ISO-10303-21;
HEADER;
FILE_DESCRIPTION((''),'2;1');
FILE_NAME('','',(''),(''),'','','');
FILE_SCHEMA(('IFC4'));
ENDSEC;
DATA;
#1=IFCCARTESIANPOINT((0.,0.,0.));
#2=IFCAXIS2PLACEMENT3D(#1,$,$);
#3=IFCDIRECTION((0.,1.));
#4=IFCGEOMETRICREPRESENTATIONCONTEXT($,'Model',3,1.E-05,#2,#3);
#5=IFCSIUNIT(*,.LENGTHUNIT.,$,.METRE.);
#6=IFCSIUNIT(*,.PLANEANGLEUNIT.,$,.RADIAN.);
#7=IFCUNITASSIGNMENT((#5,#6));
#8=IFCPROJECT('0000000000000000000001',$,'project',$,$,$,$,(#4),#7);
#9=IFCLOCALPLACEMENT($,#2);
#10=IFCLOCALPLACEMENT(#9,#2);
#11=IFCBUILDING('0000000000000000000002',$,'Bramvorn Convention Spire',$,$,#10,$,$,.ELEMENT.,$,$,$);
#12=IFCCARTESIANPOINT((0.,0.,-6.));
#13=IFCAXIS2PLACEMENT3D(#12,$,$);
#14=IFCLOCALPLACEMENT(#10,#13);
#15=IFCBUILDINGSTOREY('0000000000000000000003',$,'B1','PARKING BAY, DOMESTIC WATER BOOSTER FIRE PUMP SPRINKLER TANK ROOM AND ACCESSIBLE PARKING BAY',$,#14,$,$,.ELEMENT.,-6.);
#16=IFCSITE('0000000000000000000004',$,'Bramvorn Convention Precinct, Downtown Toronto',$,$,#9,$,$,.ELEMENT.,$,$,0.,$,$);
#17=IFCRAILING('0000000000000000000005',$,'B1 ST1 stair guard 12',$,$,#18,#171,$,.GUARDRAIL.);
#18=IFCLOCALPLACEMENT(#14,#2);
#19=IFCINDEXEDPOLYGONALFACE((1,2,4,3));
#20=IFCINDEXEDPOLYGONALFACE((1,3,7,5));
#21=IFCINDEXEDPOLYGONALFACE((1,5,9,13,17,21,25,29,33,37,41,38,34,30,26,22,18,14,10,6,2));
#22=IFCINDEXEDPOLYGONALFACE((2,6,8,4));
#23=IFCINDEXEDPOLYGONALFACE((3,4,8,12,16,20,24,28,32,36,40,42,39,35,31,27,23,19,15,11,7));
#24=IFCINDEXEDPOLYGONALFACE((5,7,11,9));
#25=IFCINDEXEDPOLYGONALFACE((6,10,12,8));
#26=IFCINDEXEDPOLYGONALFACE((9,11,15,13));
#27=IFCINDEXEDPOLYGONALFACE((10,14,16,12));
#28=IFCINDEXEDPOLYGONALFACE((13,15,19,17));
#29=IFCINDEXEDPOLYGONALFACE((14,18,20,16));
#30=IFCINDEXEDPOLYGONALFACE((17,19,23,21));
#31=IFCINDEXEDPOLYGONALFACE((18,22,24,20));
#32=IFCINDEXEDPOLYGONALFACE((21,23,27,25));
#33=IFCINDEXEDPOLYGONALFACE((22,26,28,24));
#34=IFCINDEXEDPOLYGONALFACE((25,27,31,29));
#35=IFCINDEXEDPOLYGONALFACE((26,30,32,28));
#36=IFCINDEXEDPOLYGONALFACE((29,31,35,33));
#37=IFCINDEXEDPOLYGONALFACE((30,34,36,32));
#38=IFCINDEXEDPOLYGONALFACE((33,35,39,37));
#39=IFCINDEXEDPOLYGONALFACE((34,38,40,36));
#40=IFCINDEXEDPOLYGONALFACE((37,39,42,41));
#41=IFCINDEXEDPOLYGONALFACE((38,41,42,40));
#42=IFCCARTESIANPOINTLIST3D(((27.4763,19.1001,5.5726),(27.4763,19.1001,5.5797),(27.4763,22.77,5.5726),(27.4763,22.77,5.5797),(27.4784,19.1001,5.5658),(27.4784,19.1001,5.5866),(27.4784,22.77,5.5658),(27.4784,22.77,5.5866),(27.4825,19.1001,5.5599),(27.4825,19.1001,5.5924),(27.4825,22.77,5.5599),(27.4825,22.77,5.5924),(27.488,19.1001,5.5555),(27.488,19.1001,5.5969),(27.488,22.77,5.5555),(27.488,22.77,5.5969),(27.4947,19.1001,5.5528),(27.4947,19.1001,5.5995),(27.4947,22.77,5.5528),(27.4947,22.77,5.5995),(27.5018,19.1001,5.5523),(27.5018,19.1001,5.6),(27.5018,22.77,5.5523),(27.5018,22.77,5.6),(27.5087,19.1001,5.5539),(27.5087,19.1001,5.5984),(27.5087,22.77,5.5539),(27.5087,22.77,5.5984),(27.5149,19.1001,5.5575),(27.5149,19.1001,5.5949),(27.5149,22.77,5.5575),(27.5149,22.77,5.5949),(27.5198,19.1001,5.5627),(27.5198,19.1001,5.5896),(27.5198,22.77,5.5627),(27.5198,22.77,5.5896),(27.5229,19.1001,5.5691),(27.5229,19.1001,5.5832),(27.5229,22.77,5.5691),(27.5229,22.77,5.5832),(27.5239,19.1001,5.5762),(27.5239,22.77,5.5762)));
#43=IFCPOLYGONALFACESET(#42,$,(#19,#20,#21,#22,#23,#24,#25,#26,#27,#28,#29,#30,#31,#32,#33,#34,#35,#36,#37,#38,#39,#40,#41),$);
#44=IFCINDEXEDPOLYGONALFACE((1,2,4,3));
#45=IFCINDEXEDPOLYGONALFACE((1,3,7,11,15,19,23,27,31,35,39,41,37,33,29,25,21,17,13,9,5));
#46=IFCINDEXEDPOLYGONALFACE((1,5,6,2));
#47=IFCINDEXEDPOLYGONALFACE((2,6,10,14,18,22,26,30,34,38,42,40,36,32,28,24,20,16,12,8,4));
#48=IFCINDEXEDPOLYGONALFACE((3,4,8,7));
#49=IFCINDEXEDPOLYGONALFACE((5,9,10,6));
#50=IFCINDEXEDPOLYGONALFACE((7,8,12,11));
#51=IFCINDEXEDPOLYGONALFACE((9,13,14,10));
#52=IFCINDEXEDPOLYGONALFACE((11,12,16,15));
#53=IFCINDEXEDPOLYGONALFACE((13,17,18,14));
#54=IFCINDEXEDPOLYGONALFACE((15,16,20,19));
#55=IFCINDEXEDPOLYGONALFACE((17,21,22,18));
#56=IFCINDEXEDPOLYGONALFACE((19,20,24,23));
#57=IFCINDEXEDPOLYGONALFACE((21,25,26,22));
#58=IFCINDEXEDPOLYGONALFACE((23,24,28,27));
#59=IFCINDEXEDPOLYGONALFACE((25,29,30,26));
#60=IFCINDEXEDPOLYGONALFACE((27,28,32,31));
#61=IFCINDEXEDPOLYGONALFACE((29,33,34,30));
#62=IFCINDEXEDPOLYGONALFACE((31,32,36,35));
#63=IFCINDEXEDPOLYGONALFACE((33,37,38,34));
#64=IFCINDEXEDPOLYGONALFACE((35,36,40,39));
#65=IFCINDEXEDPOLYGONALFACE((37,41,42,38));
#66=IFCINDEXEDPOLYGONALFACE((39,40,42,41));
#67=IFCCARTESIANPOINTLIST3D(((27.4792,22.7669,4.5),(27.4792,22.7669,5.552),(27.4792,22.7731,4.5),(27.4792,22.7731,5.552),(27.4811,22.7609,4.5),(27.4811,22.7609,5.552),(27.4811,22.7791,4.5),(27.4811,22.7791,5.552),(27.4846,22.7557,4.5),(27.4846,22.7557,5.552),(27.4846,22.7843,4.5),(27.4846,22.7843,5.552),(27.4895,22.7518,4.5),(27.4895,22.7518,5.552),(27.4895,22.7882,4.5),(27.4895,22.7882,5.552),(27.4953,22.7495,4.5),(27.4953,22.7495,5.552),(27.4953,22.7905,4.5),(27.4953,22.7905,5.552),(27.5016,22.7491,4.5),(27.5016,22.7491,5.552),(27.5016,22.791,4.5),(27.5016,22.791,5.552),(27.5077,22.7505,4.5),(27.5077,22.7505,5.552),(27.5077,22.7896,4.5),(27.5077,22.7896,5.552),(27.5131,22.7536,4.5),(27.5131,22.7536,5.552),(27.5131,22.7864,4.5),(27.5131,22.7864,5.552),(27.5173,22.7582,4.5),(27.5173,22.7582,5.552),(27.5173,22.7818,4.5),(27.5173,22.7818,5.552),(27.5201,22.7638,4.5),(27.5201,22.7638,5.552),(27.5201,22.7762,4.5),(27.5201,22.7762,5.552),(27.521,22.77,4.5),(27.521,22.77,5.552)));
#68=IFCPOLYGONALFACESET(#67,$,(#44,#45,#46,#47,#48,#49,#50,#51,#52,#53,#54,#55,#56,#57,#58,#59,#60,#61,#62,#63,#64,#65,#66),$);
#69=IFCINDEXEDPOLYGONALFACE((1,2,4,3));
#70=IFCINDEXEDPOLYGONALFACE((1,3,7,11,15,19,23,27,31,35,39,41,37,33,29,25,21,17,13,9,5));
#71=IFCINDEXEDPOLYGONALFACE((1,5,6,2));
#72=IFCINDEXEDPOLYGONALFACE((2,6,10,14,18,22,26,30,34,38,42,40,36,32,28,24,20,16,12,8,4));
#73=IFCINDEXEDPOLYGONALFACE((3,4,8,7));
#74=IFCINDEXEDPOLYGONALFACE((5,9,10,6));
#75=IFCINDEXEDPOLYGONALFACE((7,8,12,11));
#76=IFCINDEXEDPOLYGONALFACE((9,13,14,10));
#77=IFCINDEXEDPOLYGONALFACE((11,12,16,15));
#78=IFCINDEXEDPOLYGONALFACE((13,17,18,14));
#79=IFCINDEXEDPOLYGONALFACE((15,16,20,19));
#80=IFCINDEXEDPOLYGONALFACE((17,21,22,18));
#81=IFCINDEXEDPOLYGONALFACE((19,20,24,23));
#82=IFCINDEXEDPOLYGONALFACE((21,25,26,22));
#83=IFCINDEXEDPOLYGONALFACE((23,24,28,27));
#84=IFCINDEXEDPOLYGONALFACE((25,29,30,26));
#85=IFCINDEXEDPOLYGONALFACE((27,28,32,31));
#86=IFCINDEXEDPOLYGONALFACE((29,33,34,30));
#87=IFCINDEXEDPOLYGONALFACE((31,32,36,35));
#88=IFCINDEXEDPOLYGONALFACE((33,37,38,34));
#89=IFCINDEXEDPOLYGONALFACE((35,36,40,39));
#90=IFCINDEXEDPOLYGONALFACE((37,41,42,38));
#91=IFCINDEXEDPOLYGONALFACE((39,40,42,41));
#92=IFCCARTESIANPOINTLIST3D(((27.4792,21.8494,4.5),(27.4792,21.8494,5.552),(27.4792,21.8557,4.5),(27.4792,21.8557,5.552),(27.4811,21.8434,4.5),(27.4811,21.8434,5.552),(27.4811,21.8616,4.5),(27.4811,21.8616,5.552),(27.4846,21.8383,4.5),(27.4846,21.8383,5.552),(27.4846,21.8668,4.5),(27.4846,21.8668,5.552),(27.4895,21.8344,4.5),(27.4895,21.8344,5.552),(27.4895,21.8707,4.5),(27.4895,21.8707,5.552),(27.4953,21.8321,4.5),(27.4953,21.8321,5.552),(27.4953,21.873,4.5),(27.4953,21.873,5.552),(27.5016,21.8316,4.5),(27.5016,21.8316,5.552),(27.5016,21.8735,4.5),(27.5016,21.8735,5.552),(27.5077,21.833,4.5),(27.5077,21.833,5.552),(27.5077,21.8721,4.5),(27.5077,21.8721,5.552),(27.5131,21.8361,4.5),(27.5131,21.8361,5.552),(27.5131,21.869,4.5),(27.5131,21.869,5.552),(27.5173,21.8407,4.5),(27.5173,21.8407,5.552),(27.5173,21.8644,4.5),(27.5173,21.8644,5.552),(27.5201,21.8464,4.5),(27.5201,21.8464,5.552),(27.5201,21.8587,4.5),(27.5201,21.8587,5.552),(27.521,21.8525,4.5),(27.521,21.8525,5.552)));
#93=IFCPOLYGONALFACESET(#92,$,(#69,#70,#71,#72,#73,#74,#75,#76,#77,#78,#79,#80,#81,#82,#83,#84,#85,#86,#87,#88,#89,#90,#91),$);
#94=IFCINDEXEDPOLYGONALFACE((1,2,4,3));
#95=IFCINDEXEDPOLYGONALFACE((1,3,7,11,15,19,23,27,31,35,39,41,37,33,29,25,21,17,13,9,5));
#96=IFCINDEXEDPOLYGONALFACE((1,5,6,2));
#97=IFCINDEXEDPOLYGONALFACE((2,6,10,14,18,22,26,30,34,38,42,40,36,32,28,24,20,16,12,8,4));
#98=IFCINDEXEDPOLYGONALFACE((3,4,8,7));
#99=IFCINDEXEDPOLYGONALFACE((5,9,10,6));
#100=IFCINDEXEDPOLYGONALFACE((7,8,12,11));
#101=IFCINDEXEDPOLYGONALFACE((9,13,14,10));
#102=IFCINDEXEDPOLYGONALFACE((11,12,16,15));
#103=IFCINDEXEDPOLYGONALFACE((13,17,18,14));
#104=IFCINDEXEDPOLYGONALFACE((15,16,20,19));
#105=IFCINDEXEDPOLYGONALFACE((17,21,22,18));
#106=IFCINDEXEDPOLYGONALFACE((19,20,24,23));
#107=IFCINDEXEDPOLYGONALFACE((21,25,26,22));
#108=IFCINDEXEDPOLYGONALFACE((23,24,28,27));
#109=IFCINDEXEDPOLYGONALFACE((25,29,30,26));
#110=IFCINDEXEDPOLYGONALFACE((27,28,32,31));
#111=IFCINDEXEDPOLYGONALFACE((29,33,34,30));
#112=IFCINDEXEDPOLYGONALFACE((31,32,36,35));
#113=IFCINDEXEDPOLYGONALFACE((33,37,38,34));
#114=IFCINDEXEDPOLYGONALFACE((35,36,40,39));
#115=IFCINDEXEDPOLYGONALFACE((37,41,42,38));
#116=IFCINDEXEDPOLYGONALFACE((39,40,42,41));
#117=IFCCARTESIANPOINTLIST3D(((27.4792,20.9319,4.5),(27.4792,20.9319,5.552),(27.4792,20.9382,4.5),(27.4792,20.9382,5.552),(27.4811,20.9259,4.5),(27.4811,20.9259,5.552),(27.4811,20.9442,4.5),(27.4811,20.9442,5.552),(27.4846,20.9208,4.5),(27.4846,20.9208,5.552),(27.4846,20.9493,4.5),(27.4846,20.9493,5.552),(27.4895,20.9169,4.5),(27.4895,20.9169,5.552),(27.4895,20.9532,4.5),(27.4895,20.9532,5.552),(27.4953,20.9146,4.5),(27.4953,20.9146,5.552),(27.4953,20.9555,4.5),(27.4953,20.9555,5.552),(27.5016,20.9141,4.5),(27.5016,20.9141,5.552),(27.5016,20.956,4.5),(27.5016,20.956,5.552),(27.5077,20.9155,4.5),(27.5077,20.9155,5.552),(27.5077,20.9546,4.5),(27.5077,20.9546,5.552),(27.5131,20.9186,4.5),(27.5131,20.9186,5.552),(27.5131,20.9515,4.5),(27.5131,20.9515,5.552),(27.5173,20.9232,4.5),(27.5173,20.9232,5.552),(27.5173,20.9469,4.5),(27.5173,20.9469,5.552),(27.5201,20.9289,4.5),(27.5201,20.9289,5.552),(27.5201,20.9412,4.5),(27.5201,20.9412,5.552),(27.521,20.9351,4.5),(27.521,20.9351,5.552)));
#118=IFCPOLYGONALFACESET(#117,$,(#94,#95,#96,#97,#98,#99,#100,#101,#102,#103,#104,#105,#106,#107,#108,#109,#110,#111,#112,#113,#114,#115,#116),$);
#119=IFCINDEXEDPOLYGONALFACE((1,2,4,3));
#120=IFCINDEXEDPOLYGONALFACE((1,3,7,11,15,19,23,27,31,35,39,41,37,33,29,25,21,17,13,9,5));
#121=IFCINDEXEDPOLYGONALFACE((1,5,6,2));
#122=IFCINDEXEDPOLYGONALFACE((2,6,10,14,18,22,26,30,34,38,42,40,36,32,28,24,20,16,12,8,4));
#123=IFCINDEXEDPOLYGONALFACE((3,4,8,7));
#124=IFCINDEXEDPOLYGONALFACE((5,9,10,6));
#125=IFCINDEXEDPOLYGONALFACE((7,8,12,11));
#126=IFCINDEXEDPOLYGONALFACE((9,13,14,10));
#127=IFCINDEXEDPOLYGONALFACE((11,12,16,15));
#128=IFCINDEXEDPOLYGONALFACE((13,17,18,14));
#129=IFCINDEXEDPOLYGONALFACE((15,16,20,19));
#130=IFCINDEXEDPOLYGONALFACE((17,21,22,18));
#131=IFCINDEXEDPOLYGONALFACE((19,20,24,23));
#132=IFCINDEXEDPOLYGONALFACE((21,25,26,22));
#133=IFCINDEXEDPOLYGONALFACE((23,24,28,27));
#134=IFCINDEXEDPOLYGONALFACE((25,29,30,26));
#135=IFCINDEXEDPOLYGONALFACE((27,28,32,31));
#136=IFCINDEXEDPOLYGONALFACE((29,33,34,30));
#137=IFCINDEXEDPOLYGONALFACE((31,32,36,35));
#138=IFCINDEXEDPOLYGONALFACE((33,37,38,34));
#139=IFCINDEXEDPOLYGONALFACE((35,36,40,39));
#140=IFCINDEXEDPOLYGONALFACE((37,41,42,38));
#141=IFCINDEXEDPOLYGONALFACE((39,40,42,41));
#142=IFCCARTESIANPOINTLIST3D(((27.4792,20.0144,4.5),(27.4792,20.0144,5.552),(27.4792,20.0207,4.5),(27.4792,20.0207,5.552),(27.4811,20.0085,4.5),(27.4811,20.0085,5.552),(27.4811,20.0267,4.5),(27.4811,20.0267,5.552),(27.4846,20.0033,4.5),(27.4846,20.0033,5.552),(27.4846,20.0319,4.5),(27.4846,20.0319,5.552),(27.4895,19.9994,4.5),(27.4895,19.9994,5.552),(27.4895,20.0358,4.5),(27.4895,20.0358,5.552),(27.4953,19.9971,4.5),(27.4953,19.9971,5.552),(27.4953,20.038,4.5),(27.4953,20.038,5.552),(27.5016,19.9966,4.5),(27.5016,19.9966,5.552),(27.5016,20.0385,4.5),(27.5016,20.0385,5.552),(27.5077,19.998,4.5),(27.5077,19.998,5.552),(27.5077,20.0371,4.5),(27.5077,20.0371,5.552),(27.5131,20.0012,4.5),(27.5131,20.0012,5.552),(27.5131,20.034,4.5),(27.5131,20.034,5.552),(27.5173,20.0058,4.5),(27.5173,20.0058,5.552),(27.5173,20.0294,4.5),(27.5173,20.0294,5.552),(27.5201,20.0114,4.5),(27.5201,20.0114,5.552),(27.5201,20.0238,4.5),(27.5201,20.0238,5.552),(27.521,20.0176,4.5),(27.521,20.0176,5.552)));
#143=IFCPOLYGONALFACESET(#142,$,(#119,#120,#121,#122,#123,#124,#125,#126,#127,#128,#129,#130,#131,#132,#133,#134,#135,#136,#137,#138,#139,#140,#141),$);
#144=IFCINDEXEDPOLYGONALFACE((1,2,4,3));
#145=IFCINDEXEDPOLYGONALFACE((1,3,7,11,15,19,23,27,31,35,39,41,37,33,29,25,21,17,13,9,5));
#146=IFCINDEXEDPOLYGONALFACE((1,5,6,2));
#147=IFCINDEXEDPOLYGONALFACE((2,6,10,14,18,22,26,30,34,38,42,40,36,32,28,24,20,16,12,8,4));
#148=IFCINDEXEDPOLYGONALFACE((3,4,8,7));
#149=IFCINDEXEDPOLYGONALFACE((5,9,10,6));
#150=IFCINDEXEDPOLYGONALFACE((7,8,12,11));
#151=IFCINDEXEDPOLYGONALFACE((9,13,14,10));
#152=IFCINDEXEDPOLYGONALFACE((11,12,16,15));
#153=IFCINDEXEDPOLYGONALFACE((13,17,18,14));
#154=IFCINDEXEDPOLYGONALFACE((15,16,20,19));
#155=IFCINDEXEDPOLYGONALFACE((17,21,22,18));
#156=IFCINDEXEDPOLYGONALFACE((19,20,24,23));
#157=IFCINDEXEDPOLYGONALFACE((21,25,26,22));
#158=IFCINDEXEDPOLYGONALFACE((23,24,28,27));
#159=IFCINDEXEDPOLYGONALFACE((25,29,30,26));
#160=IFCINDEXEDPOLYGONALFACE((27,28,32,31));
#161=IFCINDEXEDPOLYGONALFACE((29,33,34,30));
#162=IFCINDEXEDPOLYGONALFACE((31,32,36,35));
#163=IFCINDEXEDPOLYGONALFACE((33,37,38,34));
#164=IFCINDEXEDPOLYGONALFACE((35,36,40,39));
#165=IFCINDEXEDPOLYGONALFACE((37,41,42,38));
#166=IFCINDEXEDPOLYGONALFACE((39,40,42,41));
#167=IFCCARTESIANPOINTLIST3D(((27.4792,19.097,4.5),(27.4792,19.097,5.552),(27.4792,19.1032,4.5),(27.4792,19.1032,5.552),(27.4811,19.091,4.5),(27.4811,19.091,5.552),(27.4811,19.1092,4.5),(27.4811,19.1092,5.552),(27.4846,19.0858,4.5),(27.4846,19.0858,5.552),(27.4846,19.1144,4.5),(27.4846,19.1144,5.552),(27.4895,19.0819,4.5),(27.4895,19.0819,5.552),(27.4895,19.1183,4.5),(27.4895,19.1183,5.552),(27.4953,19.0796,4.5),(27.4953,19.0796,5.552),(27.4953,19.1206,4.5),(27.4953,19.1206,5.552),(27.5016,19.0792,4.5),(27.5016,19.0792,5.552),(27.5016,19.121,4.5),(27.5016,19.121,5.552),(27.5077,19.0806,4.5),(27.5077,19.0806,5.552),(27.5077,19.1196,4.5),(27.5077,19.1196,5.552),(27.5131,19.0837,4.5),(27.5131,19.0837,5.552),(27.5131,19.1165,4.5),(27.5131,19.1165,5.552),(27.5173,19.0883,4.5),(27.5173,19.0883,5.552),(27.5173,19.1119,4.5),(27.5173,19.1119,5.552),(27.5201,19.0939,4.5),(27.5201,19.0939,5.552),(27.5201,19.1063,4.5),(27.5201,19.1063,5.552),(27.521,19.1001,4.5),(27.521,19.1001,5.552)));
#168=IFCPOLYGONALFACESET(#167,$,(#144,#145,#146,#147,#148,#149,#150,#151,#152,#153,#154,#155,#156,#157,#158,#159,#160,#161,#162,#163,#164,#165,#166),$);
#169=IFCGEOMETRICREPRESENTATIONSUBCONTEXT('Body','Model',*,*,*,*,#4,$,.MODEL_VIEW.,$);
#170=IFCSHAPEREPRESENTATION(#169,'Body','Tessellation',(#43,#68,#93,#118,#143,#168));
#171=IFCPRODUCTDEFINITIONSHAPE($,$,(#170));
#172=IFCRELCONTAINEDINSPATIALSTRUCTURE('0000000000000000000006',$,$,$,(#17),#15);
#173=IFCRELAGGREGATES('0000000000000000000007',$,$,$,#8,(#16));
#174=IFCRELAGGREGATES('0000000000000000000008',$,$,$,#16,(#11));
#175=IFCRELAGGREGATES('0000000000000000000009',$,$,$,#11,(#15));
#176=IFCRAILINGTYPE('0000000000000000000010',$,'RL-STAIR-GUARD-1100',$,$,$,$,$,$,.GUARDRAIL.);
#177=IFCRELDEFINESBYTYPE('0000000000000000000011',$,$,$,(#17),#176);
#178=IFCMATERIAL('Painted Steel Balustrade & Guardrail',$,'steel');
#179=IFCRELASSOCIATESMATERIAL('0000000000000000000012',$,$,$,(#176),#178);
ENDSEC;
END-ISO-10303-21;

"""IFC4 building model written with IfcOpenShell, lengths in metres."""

from ifc_helpers import new_model, si_unit, direction, frame, origin, origin_2d, place, context, subcontext, project, spatial, circle, extrude, material, type_object, element, save


model = new_model("IFC4")

# Units and contexts
model_context = context("Model", 3, precision=1e-05, world=origin(), true_north=direction((0.0, 1.0)))
body_context = subcontext(model_context, "Body", "Model", "MODEL_VIEW")
ifc_project = project(units=[si_unit("LENGTHUNIT", "METRE"), si_unit("PLANEANGLEUNIT", "RADIAN")], contexts=[model_context])

# Site, building, storey
site_placement = place(None, origin())
site = spatial("IfcSite", under=ifc_project, at=site_placement, Name="Bramvorn Convention Precinct, Downtown Toronto", CompositionType="ELEMENT", RefElevation=0.0)
building_placement = place(site_placement, origin())
building = spatial("IfcBuilding", under=site, at=building_placement, Name="Bramvorn Convention Spire", CompositionType="ELEMENT")
storey_placement = place(building_placement, frame((0.0, 0.0, -6.0)))
storey = spatial("IfcBuildingStorey", under=building, at=storey_placement, Name="B1", Description="PARKING BAY, DOMESTIC WATER BOOSTER FIRE PUMP SPRINKLER TANK ROOM AND ACCESSIBLE PARKING BAY", CompositionType="ELEMENT", Elevation=-6.0)

# Railing
ifc_material_1 = material(Name="Painted Steel Balustrade & Guardrail", Category="steel")
railing_type_1 = type_object("IfcRailingType", Name="RL-STAIR-GUARD-1100", PredefinedType="GUARDRAIL", material=ifc_material_1)
for number, where, name in (
    (1, (27.5, 22.77, 4.5), "B1 ST1 stair guard 12"),
):
    element("IfcRailing", number, at=place(storey_placement, frame(where)), inside=storey, type_object=railing_type_1, Name=name, PredefinedType="GUARDRAIL", context=body_context, shape_type="SweptSolid", body=[
        extrude(circle(Radius=0.0239, at=origin_2d()), frame((0.0, 0.0, 1.0762), z_axis=(0.0, -1.0, 0.0), x_axis=(1.0, 0.0, 0.0)), (0.0, 0.0, 1.0), 3.6699),
        extrude(circle(Radius=0.021, at=origin_2d()), origin(), (0.0, 0.0, 1.0), 1.052),
        extrude(circle(Radius=0.021, at=origin_2d()), frame((0.0, -0.9175, 0.0)), (0.0, 0.0, 1.0), 1.052),
        extrude(circle(Radius=0.021, at=origin_2d()), frame((0.0, -1.835, 0.0)), (0.0, 0.0, 1.0), 1.052),
        extrude(circle(Radius=0.021, at=origin_2d()), frame((0.0, -2.7524, 0.0)), (0.0, 0.0, 1.0), 1.052),
        extrude(circle(Radius=0.021, at=origin_2d()), frame((0.0, -3.6699, 0.0)), (0.0, 0.0, 1.0), 1.052),
    ])

save(model, "model.ifc")
